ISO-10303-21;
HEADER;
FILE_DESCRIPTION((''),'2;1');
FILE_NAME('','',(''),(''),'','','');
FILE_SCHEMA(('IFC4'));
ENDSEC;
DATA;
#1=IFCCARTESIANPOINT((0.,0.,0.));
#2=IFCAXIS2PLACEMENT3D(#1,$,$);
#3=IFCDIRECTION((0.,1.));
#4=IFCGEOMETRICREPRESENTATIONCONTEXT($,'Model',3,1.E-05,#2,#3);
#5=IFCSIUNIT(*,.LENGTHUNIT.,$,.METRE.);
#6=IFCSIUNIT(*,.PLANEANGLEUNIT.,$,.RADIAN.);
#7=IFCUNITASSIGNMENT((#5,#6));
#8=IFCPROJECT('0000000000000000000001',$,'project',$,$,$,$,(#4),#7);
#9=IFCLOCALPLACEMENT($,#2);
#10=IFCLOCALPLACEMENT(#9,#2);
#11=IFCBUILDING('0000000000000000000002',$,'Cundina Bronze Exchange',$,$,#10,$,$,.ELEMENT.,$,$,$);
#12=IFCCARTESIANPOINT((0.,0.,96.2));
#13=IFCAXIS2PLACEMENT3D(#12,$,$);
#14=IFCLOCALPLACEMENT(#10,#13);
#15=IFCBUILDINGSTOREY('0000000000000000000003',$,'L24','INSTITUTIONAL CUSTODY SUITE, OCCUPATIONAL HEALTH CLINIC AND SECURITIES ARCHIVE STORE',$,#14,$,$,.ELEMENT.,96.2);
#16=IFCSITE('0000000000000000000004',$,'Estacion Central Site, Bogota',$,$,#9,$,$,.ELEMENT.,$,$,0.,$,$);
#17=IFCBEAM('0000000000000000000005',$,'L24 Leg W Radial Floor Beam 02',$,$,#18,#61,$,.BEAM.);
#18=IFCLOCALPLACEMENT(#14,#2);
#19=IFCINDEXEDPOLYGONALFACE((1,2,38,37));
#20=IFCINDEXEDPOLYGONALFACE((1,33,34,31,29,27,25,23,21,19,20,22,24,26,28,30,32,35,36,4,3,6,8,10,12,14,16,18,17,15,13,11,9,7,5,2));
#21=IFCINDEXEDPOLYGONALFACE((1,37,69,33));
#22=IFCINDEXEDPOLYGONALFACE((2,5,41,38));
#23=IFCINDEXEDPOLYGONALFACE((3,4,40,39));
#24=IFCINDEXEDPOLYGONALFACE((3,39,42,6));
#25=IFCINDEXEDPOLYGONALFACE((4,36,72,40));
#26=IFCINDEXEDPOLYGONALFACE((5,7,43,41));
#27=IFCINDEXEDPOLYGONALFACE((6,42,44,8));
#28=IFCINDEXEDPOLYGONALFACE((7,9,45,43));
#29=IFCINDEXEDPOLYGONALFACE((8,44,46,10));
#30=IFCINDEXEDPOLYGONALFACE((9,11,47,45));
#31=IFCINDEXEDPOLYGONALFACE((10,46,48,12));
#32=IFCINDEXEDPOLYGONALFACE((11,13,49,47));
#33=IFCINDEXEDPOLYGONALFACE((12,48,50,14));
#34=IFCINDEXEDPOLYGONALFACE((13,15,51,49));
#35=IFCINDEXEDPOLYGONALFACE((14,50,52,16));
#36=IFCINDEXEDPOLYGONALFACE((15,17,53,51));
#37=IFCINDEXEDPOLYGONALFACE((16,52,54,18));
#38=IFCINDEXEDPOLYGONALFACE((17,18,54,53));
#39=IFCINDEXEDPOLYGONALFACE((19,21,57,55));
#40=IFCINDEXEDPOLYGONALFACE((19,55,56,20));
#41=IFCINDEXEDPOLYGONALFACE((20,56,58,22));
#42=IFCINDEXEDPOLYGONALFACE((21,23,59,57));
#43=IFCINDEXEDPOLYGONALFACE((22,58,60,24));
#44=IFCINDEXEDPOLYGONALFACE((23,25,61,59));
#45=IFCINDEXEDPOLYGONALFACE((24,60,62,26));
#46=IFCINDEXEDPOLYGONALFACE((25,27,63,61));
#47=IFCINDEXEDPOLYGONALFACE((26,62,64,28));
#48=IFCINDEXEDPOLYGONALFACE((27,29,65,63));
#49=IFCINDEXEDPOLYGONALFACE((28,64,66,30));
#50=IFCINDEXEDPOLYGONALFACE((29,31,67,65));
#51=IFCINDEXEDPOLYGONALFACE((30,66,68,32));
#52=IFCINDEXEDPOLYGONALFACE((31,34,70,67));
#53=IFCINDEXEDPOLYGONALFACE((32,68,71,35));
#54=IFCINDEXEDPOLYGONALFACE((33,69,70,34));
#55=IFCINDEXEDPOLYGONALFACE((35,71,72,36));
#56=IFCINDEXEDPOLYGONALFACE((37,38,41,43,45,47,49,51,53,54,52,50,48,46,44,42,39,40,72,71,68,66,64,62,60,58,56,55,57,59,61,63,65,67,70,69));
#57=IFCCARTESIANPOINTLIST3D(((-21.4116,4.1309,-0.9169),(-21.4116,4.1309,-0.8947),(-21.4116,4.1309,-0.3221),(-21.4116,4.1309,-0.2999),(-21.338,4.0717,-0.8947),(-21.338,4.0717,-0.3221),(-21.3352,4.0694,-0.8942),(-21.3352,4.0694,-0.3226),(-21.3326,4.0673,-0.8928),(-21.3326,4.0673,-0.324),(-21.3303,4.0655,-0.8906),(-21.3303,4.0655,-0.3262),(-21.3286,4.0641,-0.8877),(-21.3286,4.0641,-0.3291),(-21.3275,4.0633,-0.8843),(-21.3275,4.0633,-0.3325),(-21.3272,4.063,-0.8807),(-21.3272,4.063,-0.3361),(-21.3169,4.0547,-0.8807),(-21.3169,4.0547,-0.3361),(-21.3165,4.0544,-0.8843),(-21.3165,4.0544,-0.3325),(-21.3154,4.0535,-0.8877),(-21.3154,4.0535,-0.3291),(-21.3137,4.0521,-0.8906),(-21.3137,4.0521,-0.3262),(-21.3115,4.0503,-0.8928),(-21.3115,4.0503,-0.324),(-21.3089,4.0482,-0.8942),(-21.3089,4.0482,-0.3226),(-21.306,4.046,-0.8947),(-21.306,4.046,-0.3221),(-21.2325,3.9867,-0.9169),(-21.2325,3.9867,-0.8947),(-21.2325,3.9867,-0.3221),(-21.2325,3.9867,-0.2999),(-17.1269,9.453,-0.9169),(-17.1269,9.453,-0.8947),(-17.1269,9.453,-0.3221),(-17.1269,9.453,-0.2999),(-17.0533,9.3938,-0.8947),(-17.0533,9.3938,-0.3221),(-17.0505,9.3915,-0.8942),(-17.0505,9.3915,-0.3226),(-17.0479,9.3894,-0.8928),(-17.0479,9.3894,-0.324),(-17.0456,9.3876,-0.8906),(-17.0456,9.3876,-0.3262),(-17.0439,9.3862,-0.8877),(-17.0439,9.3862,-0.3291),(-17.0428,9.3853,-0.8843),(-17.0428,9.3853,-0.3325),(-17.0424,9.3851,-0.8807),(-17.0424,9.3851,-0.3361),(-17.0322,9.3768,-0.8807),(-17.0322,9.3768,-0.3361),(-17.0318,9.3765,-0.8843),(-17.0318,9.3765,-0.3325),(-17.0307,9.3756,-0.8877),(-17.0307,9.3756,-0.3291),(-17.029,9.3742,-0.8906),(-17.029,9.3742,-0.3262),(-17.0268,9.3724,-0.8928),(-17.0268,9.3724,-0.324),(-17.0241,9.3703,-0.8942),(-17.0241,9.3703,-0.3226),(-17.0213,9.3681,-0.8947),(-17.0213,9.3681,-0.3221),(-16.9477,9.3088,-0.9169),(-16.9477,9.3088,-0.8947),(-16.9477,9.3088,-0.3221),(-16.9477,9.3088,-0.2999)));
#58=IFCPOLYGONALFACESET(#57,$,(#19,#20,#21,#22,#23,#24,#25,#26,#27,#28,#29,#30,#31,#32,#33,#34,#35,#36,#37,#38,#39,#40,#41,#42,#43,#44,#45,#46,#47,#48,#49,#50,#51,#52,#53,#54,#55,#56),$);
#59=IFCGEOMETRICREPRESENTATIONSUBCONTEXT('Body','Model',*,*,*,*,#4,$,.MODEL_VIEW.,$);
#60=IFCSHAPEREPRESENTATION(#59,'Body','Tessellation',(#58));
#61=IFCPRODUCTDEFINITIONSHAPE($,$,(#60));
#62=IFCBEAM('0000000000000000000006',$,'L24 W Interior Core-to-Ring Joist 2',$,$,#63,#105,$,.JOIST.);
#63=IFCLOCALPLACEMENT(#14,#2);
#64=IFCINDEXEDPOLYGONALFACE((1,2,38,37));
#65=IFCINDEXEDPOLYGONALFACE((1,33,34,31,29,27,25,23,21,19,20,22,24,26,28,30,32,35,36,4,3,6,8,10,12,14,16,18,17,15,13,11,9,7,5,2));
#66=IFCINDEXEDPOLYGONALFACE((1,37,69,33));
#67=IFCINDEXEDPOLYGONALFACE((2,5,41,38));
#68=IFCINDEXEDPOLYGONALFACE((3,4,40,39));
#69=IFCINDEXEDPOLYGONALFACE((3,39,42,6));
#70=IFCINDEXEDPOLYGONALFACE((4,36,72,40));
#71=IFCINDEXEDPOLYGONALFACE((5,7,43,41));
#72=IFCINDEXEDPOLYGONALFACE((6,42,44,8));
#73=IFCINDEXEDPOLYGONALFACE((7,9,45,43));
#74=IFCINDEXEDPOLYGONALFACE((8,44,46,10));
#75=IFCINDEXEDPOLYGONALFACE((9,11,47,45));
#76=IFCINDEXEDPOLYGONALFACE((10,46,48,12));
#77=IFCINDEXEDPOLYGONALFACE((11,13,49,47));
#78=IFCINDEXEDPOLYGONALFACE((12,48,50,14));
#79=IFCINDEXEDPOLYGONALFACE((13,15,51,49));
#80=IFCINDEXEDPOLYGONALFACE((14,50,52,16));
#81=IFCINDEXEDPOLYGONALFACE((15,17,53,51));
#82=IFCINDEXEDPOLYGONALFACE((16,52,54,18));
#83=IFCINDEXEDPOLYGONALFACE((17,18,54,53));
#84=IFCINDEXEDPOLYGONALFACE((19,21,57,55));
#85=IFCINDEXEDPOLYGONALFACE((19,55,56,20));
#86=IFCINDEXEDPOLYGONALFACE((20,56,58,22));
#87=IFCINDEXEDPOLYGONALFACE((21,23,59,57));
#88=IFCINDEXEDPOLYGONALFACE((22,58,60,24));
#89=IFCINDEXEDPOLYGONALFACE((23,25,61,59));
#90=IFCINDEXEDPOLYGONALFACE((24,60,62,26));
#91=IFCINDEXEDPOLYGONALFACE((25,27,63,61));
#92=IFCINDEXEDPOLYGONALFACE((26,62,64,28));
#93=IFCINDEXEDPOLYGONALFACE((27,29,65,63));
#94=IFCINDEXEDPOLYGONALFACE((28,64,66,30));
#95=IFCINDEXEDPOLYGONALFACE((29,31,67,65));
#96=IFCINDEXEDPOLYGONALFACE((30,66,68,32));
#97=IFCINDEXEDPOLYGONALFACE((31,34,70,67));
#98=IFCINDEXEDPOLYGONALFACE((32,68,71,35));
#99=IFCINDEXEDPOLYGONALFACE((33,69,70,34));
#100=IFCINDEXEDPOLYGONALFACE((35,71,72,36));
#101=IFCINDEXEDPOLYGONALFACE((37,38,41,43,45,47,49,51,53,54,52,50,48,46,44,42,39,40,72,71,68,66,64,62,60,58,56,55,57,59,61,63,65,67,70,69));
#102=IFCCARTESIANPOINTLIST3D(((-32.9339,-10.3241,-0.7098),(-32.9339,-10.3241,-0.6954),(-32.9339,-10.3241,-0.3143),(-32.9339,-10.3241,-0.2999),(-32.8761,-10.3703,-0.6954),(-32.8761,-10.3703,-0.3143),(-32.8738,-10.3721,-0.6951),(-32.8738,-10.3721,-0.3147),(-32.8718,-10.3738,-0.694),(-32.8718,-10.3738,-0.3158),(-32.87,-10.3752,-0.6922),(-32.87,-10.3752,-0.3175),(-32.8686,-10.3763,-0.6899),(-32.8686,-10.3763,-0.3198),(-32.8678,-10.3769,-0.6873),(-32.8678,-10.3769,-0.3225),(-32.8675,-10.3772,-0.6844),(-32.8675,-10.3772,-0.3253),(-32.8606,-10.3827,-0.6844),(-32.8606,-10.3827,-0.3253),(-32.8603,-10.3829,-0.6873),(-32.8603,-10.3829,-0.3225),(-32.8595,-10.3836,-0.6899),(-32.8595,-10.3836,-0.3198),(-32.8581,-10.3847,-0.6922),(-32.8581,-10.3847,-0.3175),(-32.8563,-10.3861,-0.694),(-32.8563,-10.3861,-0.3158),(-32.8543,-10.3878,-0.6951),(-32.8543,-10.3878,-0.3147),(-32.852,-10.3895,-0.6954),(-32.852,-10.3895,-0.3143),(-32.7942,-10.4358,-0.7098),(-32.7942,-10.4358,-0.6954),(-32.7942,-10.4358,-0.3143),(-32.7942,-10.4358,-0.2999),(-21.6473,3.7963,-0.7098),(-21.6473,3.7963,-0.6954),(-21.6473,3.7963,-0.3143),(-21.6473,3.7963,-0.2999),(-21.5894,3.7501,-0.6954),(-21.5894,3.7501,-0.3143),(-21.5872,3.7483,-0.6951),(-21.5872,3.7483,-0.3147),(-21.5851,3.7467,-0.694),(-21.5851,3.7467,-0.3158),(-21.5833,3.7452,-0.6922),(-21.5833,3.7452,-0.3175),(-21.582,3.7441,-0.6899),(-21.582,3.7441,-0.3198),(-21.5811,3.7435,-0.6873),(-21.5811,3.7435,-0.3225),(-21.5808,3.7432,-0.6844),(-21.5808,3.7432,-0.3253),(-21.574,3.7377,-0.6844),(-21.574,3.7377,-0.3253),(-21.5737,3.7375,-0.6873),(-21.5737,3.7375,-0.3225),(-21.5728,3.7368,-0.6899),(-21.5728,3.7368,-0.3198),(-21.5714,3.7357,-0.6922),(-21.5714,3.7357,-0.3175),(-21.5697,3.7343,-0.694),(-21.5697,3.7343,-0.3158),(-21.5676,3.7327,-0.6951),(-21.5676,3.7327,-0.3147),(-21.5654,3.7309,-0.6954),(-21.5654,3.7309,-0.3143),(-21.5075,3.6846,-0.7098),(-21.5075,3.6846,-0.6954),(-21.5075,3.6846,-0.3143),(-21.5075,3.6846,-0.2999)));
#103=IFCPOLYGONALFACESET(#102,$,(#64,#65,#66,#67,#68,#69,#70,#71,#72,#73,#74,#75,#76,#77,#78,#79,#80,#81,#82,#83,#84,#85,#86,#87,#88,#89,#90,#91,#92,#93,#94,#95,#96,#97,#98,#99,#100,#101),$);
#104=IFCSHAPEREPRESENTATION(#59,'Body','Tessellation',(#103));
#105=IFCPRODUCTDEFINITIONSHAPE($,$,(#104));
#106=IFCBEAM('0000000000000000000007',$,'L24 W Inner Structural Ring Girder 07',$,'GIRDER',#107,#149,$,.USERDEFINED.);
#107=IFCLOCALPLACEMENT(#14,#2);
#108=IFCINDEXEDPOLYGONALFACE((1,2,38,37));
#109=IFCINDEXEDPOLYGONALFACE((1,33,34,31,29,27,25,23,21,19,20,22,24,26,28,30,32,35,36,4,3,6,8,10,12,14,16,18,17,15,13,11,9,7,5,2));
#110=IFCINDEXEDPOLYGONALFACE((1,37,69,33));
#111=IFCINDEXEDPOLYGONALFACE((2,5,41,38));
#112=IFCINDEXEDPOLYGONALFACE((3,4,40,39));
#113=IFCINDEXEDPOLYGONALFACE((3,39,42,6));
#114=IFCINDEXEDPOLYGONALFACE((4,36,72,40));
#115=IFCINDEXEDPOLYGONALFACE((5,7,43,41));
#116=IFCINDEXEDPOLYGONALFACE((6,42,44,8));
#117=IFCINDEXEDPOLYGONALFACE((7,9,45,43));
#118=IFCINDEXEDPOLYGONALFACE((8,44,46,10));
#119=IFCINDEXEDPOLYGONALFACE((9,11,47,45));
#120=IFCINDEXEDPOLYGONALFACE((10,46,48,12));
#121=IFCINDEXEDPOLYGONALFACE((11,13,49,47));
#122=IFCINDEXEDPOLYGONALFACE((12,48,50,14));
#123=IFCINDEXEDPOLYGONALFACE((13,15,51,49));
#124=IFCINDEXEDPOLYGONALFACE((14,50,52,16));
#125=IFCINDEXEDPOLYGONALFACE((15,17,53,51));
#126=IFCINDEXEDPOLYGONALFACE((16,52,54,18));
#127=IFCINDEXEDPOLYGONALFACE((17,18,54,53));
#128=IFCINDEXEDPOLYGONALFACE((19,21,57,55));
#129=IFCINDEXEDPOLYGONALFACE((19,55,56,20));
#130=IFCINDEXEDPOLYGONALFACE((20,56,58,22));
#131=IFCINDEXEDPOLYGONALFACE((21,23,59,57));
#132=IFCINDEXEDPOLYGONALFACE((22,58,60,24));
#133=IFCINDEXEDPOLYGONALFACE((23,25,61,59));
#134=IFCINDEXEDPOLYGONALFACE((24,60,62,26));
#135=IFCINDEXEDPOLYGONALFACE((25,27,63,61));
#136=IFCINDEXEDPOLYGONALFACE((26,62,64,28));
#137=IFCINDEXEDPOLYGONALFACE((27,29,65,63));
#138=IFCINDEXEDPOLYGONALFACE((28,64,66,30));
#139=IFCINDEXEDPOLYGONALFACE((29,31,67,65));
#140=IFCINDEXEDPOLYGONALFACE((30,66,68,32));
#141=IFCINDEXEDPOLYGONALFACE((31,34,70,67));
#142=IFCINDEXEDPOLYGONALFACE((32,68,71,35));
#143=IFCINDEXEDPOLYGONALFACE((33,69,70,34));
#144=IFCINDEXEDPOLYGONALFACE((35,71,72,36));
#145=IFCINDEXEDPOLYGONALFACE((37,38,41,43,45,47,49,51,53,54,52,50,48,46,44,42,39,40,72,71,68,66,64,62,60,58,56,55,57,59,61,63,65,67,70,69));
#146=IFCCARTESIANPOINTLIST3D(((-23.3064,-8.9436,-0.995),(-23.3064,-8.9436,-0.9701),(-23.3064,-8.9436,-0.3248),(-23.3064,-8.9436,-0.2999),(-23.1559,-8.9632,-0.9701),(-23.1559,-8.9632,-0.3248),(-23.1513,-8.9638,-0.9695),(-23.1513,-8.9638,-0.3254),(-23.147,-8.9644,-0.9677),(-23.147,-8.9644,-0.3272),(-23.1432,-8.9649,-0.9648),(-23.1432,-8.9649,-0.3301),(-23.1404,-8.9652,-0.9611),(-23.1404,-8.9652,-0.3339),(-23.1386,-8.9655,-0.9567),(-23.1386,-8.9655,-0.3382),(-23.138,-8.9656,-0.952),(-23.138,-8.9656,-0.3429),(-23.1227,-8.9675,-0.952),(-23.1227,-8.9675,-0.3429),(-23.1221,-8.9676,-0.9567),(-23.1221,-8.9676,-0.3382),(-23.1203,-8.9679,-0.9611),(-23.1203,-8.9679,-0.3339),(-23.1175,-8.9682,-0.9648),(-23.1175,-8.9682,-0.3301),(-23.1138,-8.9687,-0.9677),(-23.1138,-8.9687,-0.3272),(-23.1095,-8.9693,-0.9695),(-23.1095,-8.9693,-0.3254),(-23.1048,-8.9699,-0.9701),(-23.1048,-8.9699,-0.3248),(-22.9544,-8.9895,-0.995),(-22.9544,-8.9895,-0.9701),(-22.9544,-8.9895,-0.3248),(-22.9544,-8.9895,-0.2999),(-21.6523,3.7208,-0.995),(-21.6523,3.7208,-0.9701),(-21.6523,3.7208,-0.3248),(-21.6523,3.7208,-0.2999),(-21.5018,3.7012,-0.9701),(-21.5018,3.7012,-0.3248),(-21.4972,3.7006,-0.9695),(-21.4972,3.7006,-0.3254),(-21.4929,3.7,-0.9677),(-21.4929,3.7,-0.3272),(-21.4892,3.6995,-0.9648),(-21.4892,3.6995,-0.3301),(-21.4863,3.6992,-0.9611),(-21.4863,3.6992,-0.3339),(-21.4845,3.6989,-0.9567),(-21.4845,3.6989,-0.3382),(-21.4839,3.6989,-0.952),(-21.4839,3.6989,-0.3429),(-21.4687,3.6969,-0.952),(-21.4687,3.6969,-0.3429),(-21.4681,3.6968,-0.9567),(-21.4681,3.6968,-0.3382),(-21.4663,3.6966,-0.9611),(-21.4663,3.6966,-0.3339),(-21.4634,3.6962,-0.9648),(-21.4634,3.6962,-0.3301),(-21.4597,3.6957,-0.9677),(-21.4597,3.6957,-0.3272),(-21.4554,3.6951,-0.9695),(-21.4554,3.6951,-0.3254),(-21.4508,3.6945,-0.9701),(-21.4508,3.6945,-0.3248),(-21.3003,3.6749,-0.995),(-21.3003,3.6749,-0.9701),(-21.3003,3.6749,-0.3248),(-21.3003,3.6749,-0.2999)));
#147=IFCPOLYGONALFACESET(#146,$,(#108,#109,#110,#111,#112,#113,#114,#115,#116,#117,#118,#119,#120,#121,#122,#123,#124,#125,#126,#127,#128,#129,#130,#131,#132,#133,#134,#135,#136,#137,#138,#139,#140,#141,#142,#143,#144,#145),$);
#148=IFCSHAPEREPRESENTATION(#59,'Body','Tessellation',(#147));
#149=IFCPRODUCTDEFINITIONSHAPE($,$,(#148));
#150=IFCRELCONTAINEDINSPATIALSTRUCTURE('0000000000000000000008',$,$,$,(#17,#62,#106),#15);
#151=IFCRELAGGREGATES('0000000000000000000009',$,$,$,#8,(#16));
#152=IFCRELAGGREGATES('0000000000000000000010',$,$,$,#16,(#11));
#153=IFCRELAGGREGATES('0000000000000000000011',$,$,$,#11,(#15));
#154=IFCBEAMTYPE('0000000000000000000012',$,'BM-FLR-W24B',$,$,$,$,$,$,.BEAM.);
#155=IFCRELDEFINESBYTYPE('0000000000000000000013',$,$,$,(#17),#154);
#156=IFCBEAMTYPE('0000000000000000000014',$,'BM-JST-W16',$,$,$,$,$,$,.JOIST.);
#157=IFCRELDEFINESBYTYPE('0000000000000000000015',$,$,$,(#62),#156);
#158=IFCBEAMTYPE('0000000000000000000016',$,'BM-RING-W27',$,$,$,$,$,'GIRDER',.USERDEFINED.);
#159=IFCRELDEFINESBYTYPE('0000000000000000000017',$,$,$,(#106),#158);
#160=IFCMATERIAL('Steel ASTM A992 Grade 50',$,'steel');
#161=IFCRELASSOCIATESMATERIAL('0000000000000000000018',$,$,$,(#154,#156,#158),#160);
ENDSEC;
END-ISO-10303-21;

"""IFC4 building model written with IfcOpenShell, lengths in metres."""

from ifc_helpers import new_model, si_unit, direction, frame, origin, origin_2d, place, context, subcontext, project, spatial, i_section, extrude, material, material_profile, profile_set, type_object, element, save


model = new_model("IFC4")

# Units and contexts
model_context = context("Model", 3, precision=1e-05, world=origin(), true_north=direction((0.0, 1.0)))
body_context = subcontext(model_context, "Body", "Model", "MODEL_VIEW")
ifc_project = project(units=[si_unit("LENGTHUNIT", "METRE"), si_unit("PLANEANGLEUNIT", "RADIAN")], contexts=[model_context])

# Site, building, storey
site_placement = place(None, origin())
site = spatial("IfcSite", under=ifc_project, at=site_placement, Name="Estacion Central Site, Bogota", CompositionType="ELEMENT", RefElevation=0.0)
building_placement = place(site_placement, origin())
building = spatial("IfcBuilding", under=site, at=building_placement, Name="Cundina Bronze Exchange", CompositionType="ELEMENT")
storey_placement = place(building_placement, frame((0.0, 0.0, 96.2)))
storey = spatial("IfcBuildingStorey", under=building, at=storey_placement, Name="L24", Description="INSTITUTIONAL CUSTODY SUITE, OCCUPATIONAL HEALTH CLINIC AND SECURITIES ARCHIVE STORE", CompositionType="ELEMENT", Elevation=96.2)

# Shared definitions
ifc_material_1 = material(Name="Steel ASTM A992 Grade 50", Category="steel")

# Beams
ifc_material_profile_1 = material_profile(ifc_material_1, i_section(OverallWidth=0.23, OverallDepth=0.6169, WebThickness=0.0132, FlangeThickness=0.0222, FilletRadius=0.0139, at=origin_2d()), Name="W24X94", Category="steel")
ifc_profile_set_1 = profile_set([ifc_material_profile_1], Name="Steel ASTM A992 Grade 50")
beam_type_1 = type_object("IfcBeamType", Name="BM-FLR-W24B", PredefinedType="BEAM", material=ifc_profile_set_1)
beam_1_placement = place(storey_placement, frame((-21.322, 4.0588, -0.6084), z_axis=(0.627106, 0.778934, 0.0), x_axis=(-0.778934, 0.627106, 0.0)))
element("IfcBeam", 1, at=beam_1_placement, inside=storey, type_object=beam_type_1, Name="L24 Leg W Radial Floor Beam 02", PredefinedType="BEAM", context=body_context, shape_type="SweptSolid", body=[
    extrude(i_section(OverallWidth=0.23, OverallDepth=0.6169, WebThickness=0.0132, FlangeThickness=0.0222, FilletRadius=0.0139, at=origin_2d()), origin(), (0.0, 0.0, 1.0), 6.8325),
])
ifc_material_profile_2 = material_profile(ifc_material_1, i_section(OverallWidth=0.179, OverallDepth=0.4099, WebThickness=0.0088, FlangeThickness=0.0144, FilletRadius=0.011, at=origin_2d()), Name="W16X45", Category="steel")
ifc_profile_set_2 = profile_set([ifc_material_profile_2], Name="Steel ASTM A992 Grade 50")
beam_type_2 = type_object("IfcBeamType", Name="BM-JST-W16", PredefinedType="JOIST", material=ifc_profile_set_2)
beam_2_placement = place(storey_placement, frame((-21.5774, 3.7405, -0.5049), z_axis=(-0.624369, -0.78113, 0.0), x_axis=(0.78113, -0.624369, 0.0)))
element("IfcBeam", 2, at=beam_2_placement, inside=storey, type_object=beam_type_2, Name="L24 W Interior Core-to-Ring Joist 2", PredefinedType="JOIST", context=body_context, shape_type="SweptSolid", body=[
    extrude(i_section(OverallWidth=0.179, OverallDepth=0.4099, WebThickness=0.0088, FlangeThickness=0.0144, FilletRadius=0.011, at=origin_2d()), origin(), (0.0, 0.0, 1.0), 18.0769),
])
ifc_material_profile_3 = material_profile(ifc_material_1, i_section(OverallWidth=0.355, OverallDepth=0.6951, WebThickness=0.0154, FlangeThickness=0.0249, FilletRadius=0.0181, at=origin_2d()), Name="W27X146", Category="steel")
ifc_profile_set_3 = profile_set([ifc_material_profile_3], Name="Steel ASTM A992 Grade 50")
beam_type_3 = type_object("IfcBeamType", Name="BM-RING-W27", ElementType="GIRDER", PredefinedType="USERDEFINED", material=ifc_profile_set_3)
beam_3_placement = place(storey_placement, frame((-23.1304, -8.9666, -0.6475), z_axis=(0.129508, 0.991578, 0.0), x_axis=(-0.991578, 0.129508, 0.0)))
element("IfcBeam", 3, at=beam_3_placement, inside=storey, type_object=beam_type_3, Name="L24 W Inner Structural Ring Girder 07", ObjectType="GIRDER", PredefinedType="USERDEFINED", context=body_context, shape_type="SweptSolid", body=[
    extrude(i_section(OverallWidth=0.355, OverallDepth=0.6951, WebThickness=0.0154, FlangeThickness=0.0249, FilletRadius=0.0181, at=origin_2d()), origin(), (0.0, 0.0, 1.0), 12.772),
])

save(model, "model.ifc")
